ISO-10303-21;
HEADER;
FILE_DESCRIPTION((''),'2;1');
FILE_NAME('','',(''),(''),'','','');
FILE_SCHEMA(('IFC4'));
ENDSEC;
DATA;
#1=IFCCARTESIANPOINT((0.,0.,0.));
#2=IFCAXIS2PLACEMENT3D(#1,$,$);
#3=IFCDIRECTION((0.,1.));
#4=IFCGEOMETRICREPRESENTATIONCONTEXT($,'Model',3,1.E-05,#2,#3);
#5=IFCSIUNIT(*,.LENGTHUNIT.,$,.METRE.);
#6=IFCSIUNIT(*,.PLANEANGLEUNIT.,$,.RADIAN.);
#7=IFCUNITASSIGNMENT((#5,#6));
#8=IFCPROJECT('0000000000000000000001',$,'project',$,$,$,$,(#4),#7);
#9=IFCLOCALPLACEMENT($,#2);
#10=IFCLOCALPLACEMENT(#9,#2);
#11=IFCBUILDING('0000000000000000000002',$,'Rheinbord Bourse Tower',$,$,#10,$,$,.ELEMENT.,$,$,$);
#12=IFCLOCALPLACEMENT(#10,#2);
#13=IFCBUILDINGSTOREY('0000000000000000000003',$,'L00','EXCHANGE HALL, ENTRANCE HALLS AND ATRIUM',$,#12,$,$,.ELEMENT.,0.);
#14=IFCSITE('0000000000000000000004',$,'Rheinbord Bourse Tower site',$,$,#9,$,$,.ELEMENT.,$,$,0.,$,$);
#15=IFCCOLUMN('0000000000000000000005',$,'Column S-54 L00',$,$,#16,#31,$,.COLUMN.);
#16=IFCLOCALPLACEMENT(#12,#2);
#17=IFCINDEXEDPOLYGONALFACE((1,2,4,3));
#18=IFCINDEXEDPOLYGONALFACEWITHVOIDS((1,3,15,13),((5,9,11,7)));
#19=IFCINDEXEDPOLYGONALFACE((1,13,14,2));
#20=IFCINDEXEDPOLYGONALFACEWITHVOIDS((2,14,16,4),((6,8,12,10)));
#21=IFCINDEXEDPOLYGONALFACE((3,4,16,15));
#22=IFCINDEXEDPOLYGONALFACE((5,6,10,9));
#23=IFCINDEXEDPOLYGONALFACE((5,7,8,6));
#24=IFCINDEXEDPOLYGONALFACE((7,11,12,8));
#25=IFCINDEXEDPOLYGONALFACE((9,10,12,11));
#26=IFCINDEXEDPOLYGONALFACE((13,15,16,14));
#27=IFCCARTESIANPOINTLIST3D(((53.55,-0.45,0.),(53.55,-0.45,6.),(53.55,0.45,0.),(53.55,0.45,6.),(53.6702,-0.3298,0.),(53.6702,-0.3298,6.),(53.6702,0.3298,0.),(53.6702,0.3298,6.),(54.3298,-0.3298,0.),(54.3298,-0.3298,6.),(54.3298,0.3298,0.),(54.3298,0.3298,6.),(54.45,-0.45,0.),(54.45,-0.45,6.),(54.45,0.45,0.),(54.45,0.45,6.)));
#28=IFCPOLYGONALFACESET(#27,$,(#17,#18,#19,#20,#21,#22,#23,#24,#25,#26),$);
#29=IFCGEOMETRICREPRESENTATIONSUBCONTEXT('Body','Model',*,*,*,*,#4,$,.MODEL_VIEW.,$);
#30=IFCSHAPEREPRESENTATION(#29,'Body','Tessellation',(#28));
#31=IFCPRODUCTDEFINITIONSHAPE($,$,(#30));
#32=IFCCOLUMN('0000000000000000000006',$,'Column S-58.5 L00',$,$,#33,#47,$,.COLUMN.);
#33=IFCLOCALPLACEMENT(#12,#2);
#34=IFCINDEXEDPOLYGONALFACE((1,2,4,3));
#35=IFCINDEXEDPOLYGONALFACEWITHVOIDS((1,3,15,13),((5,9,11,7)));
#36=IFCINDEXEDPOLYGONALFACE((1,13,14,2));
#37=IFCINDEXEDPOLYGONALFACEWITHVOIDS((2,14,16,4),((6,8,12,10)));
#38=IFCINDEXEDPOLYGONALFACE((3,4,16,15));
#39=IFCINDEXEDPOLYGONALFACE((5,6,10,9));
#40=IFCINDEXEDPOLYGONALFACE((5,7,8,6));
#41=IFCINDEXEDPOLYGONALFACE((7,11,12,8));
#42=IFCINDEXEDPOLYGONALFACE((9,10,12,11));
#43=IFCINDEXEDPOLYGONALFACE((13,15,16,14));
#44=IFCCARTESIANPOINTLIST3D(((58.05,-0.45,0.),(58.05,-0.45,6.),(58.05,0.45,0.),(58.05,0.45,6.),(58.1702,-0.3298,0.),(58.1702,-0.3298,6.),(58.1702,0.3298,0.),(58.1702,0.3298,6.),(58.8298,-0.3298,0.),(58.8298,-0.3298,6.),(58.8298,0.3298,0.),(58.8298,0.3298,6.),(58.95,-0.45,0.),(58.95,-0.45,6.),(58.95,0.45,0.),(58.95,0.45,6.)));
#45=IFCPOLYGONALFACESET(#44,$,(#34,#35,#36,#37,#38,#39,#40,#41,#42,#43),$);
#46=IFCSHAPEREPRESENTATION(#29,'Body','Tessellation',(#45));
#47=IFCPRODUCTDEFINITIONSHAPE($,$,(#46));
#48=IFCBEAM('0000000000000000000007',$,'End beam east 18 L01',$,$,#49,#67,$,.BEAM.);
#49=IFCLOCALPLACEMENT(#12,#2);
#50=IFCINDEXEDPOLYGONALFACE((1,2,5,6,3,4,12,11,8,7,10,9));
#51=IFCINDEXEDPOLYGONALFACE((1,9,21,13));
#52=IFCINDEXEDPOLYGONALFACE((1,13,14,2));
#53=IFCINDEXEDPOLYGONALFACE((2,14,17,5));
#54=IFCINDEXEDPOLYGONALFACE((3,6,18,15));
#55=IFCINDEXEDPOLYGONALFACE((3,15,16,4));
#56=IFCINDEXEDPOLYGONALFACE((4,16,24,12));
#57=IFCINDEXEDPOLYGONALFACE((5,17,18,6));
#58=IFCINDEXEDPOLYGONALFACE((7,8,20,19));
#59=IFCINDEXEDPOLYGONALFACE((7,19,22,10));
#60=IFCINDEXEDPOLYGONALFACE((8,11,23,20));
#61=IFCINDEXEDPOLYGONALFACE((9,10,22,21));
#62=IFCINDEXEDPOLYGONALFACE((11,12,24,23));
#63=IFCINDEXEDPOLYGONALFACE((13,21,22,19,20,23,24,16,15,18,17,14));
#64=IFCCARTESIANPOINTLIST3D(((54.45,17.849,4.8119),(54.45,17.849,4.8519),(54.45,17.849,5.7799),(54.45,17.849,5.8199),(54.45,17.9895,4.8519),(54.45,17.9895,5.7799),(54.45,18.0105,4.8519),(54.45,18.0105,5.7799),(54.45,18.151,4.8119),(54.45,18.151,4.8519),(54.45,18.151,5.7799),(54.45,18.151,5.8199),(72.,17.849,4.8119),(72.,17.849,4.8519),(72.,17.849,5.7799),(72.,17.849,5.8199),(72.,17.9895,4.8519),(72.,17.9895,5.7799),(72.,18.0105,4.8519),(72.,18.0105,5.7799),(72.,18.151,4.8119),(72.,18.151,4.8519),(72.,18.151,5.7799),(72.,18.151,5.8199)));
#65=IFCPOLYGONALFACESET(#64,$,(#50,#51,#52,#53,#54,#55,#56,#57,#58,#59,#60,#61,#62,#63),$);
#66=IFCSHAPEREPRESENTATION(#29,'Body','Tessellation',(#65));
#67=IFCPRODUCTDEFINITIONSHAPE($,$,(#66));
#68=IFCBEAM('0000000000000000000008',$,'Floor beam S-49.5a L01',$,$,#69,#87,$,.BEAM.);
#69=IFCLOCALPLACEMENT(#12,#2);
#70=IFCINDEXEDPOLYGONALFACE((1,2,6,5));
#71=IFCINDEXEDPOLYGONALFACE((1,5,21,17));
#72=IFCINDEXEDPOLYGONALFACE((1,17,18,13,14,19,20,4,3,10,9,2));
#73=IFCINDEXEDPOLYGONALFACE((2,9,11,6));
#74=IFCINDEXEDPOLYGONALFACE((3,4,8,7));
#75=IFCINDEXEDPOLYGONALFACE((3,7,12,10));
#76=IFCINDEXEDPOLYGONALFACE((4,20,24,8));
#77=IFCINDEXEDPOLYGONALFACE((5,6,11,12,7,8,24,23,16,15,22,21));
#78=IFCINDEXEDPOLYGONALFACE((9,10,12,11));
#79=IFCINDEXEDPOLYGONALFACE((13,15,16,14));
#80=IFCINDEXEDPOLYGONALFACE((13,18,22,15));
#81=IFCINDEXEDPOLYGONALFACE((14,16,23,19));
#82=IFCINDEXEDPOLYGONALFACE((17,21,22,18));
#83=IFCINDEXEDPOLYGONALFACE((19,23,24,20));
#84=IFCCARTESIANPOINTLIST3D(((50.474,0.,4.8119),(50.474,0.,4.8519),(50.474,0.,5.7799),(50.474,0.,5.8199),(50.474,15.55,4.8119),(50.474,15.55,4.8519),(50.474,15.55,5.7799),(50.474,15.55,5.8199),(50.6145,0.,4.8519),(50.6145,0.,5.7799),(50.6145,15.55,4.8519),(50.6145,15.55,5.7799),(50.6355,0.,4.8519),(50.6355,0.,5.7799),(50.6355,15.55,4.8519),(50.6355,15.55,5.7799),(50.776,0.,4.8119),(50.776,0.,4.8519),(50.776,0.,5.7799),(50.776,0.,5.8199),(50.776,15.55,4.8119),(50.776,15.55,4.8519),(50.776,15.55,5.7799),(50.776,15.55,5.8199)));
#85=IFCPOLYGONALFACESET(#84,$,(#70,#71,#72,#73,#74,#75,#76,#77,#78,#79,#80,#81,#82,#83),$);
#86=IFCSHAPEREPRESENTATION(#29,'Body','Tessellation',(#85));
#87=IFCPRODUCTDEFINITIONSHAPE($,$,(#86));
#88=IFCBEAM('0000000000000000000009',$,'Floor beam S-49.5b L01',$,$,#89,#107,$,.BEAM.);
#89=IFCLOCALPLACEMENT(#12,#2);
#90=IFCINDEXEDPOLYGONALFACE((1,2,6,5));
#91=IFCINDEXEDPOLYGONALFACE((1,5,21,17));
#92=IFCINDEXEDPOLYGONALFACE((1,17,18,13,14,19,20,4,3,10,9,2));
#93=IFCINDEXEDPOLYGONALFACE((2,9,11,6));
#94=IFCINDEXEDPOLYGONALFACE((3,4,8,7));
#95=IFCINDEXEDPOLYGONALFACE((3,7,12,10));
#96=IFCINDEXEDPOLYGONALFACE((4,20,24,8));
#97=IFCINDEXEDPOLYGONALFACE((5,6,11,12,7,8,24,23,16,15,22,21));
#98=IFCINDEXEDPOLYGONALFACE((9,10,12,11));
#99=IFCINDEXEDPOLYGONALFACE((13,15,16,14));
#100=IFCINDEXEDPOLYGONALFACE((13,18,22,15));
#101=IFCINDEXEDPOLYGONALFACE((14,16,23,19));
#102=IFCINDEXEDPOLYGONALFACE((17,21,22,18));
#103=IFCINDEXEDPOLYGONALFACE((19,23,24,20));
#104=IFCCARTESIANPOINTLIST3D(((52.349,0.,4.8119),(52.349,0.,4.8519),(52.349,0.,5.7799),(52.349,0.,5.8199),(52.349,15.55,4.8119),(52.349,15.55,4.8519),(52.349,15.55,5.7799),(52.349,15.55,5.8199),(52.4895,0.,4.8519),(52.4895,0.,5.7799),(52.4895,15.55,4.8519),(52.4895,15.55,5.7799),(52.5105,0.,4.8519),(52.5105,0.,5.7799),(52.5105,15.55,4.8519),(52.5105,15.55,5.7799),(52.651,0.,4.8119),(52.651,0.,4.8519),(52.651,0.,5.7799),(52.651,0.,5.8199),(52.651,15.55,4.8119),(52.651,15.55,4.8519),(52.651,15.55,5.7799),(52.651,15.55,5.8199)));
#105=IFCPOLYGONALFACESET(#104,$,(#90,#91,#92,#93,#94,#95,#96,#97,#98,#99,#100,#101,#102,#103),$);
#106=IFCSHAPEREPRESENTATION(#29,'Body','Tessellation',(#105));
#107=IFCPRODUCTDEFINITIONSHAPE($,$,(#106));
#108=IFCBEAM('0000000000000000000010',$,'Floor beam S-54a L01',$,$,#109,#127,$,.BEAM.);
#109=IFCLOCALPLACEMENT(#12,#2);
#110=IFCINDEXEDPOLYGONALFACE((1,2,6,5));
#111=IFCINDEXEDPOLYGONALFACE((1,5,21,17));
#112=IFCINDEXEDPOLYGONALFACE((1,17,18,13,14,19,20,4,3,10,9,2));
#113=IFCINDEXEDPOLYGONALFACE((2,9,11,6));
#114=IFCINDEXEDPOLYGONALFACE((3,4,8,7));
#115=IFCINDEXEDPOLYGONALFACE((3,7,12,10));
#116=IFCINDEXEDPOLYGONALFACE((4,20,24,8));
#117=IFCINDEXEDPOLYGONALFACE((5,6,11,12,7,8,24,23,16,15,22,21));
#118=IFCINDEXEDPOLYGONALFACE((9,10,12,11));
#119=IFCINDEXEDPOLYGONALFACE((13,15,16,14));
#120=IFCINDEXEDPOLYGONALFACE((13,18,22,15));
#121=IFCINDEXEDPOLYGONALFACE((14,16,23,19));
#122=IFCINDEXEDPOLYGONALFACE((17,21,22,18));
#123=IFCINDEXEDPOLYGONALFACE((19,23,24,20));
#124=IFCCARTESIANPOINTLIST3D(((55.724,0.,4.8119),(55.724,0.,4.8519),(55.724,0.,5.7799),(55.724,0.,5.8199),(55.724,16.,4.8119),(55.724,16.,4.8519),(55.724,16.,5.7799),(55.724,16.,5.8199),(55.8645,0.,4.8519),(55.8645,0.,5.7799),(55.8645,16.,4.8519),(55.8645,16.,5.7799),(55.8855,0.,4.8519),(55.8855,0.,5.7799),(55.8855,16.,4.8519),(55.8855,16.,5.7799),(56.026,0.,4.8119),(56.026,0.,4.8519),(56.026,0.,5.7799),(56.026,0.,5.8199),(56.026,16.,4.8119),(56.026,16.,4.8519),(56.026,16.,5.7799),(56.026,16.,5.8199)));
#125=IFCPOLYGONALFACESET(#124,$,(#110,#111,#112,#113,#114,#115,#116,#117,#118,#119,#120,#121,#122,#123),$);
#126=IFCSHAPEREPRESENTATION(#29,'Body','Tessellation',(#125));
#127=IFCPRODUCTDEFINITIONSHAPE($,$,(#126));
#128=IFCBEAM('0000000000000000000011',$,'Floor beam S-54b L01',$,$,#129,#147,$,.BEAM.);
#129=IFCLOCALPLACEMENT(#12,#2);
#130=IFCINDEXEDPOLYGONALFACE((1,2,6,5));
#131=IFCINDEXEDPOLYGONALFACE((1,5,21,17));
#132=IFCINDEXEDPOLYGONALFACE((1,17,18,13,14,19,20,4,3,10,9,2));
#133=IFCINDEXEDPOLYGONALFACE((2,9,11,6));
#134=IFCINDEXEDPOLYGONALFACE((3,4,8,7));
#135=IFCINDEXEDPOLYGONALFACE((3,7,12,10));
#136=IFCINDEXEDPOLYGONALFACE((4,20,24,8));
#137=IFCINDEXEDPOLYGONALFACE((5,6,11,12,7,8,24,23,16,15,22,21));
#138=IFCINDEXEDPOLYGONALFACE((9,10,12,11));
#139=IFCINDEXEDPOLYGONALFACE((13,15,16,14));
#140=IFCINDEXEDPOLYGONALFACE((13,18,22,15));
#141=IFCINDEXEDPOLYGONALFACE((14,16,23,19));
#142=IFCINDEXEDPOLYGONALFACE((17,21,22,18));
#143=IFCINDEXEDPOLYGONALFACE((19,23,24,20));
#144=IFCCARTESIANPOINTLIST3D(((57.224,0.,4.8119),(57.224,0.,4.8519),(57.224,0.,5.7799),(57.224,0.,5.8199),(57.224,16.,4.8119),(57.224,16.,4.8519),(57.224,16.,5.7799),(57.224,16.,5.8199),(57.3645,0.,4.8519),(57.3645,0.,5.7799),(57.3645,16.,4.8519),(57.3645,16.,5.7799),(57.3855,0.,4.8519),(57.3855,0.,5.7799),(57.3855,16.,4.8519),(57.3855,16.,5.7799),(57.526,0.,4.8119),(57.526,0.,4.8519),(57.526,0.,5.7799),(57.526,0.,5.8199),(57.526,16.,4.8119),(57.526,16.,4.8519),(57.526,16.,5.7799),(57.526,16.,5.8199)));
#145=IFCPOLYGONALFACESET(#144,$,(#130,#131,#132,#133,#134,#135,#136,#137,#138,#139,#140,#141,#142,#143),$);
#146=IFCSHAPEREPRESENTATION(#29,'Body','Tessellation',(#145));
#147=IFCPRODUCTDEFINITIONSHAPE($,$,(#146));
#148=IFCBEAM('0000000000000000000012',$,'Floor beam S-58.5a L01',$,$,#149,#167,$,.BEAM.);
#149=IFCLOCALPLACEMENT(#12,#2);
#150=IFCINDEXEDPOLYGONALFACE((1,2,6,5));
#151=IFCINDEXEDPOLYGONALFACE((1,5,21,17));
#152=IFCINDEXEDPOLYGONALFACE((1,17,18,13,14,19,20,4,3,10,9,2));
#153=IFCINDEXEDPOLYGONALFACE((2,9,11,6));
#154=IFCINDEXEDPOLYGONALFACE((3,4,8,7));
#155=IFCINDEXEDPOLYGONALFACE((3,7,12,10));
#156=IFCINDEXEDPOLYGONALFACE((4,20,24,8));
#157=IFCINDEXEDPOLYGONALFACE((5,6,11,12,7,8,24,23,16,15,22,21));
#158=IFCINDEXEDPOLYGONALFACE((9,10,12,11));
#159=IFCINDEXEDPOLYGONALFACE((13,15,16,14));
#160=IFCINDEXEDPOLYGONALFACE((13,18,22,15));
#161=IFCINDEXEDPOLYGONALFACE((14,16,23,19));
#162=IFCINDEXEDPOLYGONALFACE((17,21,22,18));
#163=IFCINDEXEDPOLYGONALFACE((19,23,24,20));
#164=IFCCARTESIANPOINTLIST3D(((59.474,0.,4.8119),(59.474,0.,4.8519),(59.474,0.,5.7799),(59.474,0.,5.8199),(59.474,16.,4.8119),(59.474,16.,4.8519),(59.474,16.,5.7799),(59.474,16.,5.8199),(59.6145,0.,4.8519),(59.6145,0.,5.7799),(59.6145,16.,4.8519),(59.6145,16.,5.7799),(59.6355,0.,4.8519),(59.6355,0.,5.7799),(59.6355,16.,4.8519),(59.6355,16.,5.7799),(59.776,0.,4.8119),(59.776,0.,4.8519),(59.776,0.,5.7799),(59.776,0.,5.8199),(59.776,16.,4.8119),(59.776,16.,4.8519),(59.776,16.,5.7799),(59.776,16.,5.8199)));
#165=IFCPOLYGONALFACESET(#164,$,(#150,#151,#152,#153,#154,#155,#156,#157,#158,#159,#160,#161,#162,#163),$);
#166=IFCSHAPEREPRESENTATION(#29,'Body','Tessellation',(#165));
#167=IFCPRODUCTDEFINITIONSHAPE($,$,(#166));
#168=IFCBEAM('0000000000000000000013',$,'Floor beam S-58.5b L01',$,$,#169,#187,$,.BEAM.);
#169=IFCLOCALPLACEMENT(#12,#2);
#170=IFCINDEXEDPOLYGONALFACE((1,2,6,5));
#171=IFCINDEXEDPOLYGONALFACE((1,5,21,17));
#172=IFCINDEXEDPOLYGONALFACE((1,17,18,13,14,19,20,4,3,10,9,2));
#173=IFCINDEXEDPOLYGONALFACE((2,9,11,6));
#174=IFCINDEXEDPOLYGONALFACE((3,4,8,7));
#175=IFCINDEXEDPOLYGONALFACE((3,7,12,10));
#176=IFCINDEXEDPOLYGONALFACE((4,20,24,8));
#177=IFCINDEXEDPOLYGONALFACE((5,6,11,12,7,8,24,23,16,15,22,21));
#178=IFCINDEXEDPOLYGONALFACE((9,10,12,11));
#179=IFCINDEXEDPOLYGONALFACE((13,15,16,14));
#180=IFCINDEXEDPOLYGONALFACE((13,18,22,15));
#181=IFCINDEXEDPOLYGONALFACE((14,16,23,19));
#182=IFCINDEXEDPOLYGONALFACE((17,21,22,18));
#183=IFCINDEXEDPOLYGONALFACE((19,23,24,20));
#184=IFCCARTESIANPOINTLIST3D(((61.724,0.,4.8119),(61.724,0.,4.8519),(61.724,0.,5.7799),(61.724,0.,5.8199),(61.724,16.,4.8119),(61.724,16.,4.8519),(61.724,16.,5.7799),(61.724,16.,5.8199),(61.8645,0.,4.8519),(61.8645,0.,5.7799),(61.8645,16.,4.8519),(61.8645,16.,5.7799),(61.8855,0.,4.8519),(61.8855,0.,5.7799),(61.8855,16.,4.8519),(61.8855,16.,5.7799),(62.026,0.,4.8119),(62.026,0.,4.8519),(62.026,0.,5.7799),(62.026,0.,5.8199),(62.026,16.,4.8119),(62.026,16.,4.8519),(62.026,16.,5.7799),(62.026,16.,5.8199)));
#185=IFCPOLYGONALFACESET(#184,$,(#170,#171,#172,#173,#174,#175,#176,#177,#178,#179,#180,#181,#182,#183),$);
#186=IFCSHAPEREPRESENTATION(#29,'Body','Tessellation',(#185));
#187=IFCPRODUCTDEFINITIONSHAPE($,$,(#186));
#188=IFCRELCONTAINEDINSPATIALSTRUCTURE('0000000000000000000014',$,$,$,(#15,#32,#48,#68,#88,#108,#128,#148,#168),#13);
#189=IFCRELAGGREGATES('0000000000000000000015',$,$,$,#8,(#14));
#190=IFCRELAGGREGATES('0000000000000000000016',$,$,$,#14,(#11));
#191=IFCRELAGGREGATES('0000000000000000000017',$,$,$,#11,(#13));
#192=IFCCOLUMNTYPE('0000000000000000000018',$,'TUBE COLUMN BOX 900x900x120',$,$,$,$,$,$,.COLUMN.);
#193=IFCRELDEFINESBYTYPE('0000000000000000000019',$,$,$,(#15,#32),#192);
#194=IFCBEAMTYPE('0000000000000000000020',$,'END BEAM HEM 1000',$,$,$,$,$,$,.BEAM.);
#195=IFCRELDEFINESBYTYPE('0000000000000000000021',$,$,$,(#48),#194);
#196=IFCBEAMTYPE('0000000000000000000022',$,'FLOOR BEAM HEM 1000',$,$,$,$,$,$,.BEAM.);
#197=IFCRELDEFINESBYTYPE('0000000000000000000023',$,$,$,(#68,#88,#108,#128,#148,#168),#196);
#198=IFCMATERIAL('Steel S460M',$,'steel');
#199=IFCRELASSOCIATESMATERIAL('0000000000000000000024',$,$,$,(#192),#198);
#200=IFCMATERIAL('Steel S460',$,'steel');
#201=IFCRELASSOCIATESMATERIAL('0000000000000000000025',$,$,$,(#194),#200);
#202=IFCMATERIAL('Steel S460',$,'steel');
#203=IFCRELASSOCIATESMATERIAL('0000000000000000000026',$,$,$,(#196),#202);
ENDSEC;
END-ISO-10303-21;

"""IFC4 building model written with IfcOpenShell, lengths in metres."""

from ifc_helpers import new_model, si_unit, direction, frame, origin, origin_2d, place, context, subcontext, project, spatial, hollow_rectangle, i_section, extrude, material, material_profile, profile_set, type_object, element, save


model = new_model("IFC4")

# Units and contexts
model_context = context("Model", 3, precision=1e-05, world=origin(), true_north=direction((0.0, 1.0)))
body_context = subcontext(model_context, "Body", "Model", "MODEL_VIEW")
ifc_project = project(units=[si_unit("LENGTHUNIT", "METRE"), si_unit("PLANEANGLEUNIT", "RADIAN")], contexts=[model_context])

# Site, building, storey
site_placement = place(None, origin())
site = spatial("IfcSite", under=ifc_project, at=site_placement, Name="Rheinbord Bourse Tower site", CompositionType="ELEMENT", RefElevation=0.0)
building_placement = place(site_placement, origin())
building = spatial("IfcBuilding", under=site, at=building_placement, Name="Rheinbord Bourse Tower", CompositionType="ELEMENT")
storey_placement = place(building_placement, origin())
storey = spatial("IfcBuildingStorey", under=building, at=storey_placement, Name="L00", Description="EXCHANGE HALL, ENTRANCE HALLS AND ATRIUM", CompositionType="ELEMENT", Elevation=0.0)

# Columns
ifc_material_1 = material(Name="Steel S460M", Category="steel")
ifc_material_profile_1 = material_profile(ifc_material_1, hollow_rectangle(XDim=0.8999, YDim=0.8999, WallThickness=0.1201, at=origin_2d()), Name="BOX 900x900x120")
ifc_profile_set_1 = profile_set([ifc_material_profile_1], Name="Steel S460M")
column_type = type_object("IfcColumnType", Name="TUBE COLUMN BOX 900x900x120", PredefinedType="COLUMN", material=ifc_profile_set_1)
for number, where, z_axis, x_axis, name in (
    (1, (54.0, 0.0, 0.0), (0.0, 0.0, 1.0), (0.0, 1.0, 0.0), "Column S-54 L00"),
    (2, (58.5, 0.0, 0.0), (0.0, 0.0, 1.0), (0.0, 1.0, 0.0), "Column S-58.5 L00"),
):
    element("IfcColumn", number, at=place(storey_placement, frame(where, z_axis=z_axis, x_axis=x_axis)), inside=storey, type_object=column_type, Name=name, PredefinedType="COLUMN", context=body_context, shape_type="SweptSolid", body=[
        extrude(hollow_rectangle(XDim=0.8999, YDim=0.8999, WallThickness=0.1201, at=origin_2d()), origin(), (0.0, 0.0, 1.0), 6.0),
    ])

# Beams
ifc_material_2 = material(Name="Steel S460", Category="steel")
ifc_material_profile_2 = material_profile(ifc_material_2, i_section(OverallWidth=0.302, OverallDepth=1.0081, WebThickness=0.021, FlangeThickness=0.04, at=origin_2d()), Name="HEM 1000")
ifc_profile_set_2 = profile_set([ifc_material_profile_2], Name="Steel S460")
beam_type_1 = type_object("IfcBeamType", Name="END BEAM HEM 1000", PredefinedType="BEAM", material=ifc_profile_set_2)
beam_1_placement = place(storey_placement, frame((54.45, 18.0, 5.3159), z_axis=(1.0, 0.0, 0.0), x_axis=(0.0, 1.0, 0.0)))
element("IfcBeam", 3, at=beam_1_placement, inside=storey, type_object=beam_type_1, Name="End beam east 18 L01", PredefinedType="BEAM", context=body_context, shape_type="SweptSolid", body=[
    extrude(i_section(OverallWidth=0.302, OverallDepth=1.0081, WebThickness=0.021, FlangeThickness=0.04, at=origin_2d()), origin(), (0.0, 0.0, 1.0), 17.55),
])
ifc_material_3 = material(Name="Steel S460", Category="steel")
ifc_material_profile_3 = material_profile(ifc_material_3, i_section(OverallWidth=0.302, OverallDepth=1.0081, WebThickness=0.021, FlangeThickness=0.04, at=origin_2d()), Name="HEM 1000")
ifc_profile_set_3 = profile_set([ifc_material_profile_3], Name="Steel S460")
beam_type_2 = type_object("IfcBeamType", Name="FLOOR BEAM HEM 1000", PredefinedType="BEAM", material=ifc_profile_set_3)
for number, where, z_axis, x_axis, name in (
    (4, (50.625, 0.0, 5.3159), (0.0, 1.0, 0.0), (-1.0, 0.0, 0.0), "Floor beam S-49.5a L01"),
    (5, (52.5, 0.0, 5.3159), (0.0, 1.0, 0.0), (-1.0, 0.0, 0.0), "Floor beam S-49.5b L01"),
):
    element("IfcBeam", number, at=place(storey_placement, frame(where, z_axis=z_axis, x_axis=x_axis)), inside=storey, type_object=beam_type_2, Name=name, PredefinedType="BEAM", context=body_context, shape_type="SweptSolid", body=[
        extrude(i_section(OverallWidth=0.302, OverallDepth=1.0081, WebThickness=0.021, FlangeThickness=0.04, at=origin_2d()), origin(), (0.0, 0.0, 1.0), 15.55),
    ])
for number, where, z_axis, x_axis, name in (
    (6, (55.875, 0.0, 5.3159), (0.0, 1.0, 0.0), (-1.0, 0.0, 0.0), "Floor beam S-54a L01"),
    (7, (57.375, 0.0, 5.3159), (0.0, 1.0, 0.0), (-1.0, 0.0, 0.0), "Floor beam S-54b L01"),
    (8, (59.625, 0.0, 5.3159), (0.0, 1.0, 0.0), (-1.0, 0.0, 0.0), "Floor beam S-58.5a L01"),
    (9, (61.875, 0.0, 5.3159), (0.0, 1.0, 0.0), (-1.0, 0.0, 0.0), "Floor beam S-58.5b L01"),
):
    element("IfcBeam", number, at=place(storey_placement, frame(where, z_axis=z_axis, x_axis=x_axis)), inside=storey, type_object=beam_type_2, Name=name, PredefinedType="BEAM", context=body_context, shape_type="SweptSolid", body=[
        extrude(i_section(OverallWidth=0.302, OverallDepth=1.0081, WebThickness=0.021, FlangeThickness=0.04, at=origin_2d()), origin(), (0.0, 0.0, 1.0), 16.0),
    ])

save(model, "model.ifc")
